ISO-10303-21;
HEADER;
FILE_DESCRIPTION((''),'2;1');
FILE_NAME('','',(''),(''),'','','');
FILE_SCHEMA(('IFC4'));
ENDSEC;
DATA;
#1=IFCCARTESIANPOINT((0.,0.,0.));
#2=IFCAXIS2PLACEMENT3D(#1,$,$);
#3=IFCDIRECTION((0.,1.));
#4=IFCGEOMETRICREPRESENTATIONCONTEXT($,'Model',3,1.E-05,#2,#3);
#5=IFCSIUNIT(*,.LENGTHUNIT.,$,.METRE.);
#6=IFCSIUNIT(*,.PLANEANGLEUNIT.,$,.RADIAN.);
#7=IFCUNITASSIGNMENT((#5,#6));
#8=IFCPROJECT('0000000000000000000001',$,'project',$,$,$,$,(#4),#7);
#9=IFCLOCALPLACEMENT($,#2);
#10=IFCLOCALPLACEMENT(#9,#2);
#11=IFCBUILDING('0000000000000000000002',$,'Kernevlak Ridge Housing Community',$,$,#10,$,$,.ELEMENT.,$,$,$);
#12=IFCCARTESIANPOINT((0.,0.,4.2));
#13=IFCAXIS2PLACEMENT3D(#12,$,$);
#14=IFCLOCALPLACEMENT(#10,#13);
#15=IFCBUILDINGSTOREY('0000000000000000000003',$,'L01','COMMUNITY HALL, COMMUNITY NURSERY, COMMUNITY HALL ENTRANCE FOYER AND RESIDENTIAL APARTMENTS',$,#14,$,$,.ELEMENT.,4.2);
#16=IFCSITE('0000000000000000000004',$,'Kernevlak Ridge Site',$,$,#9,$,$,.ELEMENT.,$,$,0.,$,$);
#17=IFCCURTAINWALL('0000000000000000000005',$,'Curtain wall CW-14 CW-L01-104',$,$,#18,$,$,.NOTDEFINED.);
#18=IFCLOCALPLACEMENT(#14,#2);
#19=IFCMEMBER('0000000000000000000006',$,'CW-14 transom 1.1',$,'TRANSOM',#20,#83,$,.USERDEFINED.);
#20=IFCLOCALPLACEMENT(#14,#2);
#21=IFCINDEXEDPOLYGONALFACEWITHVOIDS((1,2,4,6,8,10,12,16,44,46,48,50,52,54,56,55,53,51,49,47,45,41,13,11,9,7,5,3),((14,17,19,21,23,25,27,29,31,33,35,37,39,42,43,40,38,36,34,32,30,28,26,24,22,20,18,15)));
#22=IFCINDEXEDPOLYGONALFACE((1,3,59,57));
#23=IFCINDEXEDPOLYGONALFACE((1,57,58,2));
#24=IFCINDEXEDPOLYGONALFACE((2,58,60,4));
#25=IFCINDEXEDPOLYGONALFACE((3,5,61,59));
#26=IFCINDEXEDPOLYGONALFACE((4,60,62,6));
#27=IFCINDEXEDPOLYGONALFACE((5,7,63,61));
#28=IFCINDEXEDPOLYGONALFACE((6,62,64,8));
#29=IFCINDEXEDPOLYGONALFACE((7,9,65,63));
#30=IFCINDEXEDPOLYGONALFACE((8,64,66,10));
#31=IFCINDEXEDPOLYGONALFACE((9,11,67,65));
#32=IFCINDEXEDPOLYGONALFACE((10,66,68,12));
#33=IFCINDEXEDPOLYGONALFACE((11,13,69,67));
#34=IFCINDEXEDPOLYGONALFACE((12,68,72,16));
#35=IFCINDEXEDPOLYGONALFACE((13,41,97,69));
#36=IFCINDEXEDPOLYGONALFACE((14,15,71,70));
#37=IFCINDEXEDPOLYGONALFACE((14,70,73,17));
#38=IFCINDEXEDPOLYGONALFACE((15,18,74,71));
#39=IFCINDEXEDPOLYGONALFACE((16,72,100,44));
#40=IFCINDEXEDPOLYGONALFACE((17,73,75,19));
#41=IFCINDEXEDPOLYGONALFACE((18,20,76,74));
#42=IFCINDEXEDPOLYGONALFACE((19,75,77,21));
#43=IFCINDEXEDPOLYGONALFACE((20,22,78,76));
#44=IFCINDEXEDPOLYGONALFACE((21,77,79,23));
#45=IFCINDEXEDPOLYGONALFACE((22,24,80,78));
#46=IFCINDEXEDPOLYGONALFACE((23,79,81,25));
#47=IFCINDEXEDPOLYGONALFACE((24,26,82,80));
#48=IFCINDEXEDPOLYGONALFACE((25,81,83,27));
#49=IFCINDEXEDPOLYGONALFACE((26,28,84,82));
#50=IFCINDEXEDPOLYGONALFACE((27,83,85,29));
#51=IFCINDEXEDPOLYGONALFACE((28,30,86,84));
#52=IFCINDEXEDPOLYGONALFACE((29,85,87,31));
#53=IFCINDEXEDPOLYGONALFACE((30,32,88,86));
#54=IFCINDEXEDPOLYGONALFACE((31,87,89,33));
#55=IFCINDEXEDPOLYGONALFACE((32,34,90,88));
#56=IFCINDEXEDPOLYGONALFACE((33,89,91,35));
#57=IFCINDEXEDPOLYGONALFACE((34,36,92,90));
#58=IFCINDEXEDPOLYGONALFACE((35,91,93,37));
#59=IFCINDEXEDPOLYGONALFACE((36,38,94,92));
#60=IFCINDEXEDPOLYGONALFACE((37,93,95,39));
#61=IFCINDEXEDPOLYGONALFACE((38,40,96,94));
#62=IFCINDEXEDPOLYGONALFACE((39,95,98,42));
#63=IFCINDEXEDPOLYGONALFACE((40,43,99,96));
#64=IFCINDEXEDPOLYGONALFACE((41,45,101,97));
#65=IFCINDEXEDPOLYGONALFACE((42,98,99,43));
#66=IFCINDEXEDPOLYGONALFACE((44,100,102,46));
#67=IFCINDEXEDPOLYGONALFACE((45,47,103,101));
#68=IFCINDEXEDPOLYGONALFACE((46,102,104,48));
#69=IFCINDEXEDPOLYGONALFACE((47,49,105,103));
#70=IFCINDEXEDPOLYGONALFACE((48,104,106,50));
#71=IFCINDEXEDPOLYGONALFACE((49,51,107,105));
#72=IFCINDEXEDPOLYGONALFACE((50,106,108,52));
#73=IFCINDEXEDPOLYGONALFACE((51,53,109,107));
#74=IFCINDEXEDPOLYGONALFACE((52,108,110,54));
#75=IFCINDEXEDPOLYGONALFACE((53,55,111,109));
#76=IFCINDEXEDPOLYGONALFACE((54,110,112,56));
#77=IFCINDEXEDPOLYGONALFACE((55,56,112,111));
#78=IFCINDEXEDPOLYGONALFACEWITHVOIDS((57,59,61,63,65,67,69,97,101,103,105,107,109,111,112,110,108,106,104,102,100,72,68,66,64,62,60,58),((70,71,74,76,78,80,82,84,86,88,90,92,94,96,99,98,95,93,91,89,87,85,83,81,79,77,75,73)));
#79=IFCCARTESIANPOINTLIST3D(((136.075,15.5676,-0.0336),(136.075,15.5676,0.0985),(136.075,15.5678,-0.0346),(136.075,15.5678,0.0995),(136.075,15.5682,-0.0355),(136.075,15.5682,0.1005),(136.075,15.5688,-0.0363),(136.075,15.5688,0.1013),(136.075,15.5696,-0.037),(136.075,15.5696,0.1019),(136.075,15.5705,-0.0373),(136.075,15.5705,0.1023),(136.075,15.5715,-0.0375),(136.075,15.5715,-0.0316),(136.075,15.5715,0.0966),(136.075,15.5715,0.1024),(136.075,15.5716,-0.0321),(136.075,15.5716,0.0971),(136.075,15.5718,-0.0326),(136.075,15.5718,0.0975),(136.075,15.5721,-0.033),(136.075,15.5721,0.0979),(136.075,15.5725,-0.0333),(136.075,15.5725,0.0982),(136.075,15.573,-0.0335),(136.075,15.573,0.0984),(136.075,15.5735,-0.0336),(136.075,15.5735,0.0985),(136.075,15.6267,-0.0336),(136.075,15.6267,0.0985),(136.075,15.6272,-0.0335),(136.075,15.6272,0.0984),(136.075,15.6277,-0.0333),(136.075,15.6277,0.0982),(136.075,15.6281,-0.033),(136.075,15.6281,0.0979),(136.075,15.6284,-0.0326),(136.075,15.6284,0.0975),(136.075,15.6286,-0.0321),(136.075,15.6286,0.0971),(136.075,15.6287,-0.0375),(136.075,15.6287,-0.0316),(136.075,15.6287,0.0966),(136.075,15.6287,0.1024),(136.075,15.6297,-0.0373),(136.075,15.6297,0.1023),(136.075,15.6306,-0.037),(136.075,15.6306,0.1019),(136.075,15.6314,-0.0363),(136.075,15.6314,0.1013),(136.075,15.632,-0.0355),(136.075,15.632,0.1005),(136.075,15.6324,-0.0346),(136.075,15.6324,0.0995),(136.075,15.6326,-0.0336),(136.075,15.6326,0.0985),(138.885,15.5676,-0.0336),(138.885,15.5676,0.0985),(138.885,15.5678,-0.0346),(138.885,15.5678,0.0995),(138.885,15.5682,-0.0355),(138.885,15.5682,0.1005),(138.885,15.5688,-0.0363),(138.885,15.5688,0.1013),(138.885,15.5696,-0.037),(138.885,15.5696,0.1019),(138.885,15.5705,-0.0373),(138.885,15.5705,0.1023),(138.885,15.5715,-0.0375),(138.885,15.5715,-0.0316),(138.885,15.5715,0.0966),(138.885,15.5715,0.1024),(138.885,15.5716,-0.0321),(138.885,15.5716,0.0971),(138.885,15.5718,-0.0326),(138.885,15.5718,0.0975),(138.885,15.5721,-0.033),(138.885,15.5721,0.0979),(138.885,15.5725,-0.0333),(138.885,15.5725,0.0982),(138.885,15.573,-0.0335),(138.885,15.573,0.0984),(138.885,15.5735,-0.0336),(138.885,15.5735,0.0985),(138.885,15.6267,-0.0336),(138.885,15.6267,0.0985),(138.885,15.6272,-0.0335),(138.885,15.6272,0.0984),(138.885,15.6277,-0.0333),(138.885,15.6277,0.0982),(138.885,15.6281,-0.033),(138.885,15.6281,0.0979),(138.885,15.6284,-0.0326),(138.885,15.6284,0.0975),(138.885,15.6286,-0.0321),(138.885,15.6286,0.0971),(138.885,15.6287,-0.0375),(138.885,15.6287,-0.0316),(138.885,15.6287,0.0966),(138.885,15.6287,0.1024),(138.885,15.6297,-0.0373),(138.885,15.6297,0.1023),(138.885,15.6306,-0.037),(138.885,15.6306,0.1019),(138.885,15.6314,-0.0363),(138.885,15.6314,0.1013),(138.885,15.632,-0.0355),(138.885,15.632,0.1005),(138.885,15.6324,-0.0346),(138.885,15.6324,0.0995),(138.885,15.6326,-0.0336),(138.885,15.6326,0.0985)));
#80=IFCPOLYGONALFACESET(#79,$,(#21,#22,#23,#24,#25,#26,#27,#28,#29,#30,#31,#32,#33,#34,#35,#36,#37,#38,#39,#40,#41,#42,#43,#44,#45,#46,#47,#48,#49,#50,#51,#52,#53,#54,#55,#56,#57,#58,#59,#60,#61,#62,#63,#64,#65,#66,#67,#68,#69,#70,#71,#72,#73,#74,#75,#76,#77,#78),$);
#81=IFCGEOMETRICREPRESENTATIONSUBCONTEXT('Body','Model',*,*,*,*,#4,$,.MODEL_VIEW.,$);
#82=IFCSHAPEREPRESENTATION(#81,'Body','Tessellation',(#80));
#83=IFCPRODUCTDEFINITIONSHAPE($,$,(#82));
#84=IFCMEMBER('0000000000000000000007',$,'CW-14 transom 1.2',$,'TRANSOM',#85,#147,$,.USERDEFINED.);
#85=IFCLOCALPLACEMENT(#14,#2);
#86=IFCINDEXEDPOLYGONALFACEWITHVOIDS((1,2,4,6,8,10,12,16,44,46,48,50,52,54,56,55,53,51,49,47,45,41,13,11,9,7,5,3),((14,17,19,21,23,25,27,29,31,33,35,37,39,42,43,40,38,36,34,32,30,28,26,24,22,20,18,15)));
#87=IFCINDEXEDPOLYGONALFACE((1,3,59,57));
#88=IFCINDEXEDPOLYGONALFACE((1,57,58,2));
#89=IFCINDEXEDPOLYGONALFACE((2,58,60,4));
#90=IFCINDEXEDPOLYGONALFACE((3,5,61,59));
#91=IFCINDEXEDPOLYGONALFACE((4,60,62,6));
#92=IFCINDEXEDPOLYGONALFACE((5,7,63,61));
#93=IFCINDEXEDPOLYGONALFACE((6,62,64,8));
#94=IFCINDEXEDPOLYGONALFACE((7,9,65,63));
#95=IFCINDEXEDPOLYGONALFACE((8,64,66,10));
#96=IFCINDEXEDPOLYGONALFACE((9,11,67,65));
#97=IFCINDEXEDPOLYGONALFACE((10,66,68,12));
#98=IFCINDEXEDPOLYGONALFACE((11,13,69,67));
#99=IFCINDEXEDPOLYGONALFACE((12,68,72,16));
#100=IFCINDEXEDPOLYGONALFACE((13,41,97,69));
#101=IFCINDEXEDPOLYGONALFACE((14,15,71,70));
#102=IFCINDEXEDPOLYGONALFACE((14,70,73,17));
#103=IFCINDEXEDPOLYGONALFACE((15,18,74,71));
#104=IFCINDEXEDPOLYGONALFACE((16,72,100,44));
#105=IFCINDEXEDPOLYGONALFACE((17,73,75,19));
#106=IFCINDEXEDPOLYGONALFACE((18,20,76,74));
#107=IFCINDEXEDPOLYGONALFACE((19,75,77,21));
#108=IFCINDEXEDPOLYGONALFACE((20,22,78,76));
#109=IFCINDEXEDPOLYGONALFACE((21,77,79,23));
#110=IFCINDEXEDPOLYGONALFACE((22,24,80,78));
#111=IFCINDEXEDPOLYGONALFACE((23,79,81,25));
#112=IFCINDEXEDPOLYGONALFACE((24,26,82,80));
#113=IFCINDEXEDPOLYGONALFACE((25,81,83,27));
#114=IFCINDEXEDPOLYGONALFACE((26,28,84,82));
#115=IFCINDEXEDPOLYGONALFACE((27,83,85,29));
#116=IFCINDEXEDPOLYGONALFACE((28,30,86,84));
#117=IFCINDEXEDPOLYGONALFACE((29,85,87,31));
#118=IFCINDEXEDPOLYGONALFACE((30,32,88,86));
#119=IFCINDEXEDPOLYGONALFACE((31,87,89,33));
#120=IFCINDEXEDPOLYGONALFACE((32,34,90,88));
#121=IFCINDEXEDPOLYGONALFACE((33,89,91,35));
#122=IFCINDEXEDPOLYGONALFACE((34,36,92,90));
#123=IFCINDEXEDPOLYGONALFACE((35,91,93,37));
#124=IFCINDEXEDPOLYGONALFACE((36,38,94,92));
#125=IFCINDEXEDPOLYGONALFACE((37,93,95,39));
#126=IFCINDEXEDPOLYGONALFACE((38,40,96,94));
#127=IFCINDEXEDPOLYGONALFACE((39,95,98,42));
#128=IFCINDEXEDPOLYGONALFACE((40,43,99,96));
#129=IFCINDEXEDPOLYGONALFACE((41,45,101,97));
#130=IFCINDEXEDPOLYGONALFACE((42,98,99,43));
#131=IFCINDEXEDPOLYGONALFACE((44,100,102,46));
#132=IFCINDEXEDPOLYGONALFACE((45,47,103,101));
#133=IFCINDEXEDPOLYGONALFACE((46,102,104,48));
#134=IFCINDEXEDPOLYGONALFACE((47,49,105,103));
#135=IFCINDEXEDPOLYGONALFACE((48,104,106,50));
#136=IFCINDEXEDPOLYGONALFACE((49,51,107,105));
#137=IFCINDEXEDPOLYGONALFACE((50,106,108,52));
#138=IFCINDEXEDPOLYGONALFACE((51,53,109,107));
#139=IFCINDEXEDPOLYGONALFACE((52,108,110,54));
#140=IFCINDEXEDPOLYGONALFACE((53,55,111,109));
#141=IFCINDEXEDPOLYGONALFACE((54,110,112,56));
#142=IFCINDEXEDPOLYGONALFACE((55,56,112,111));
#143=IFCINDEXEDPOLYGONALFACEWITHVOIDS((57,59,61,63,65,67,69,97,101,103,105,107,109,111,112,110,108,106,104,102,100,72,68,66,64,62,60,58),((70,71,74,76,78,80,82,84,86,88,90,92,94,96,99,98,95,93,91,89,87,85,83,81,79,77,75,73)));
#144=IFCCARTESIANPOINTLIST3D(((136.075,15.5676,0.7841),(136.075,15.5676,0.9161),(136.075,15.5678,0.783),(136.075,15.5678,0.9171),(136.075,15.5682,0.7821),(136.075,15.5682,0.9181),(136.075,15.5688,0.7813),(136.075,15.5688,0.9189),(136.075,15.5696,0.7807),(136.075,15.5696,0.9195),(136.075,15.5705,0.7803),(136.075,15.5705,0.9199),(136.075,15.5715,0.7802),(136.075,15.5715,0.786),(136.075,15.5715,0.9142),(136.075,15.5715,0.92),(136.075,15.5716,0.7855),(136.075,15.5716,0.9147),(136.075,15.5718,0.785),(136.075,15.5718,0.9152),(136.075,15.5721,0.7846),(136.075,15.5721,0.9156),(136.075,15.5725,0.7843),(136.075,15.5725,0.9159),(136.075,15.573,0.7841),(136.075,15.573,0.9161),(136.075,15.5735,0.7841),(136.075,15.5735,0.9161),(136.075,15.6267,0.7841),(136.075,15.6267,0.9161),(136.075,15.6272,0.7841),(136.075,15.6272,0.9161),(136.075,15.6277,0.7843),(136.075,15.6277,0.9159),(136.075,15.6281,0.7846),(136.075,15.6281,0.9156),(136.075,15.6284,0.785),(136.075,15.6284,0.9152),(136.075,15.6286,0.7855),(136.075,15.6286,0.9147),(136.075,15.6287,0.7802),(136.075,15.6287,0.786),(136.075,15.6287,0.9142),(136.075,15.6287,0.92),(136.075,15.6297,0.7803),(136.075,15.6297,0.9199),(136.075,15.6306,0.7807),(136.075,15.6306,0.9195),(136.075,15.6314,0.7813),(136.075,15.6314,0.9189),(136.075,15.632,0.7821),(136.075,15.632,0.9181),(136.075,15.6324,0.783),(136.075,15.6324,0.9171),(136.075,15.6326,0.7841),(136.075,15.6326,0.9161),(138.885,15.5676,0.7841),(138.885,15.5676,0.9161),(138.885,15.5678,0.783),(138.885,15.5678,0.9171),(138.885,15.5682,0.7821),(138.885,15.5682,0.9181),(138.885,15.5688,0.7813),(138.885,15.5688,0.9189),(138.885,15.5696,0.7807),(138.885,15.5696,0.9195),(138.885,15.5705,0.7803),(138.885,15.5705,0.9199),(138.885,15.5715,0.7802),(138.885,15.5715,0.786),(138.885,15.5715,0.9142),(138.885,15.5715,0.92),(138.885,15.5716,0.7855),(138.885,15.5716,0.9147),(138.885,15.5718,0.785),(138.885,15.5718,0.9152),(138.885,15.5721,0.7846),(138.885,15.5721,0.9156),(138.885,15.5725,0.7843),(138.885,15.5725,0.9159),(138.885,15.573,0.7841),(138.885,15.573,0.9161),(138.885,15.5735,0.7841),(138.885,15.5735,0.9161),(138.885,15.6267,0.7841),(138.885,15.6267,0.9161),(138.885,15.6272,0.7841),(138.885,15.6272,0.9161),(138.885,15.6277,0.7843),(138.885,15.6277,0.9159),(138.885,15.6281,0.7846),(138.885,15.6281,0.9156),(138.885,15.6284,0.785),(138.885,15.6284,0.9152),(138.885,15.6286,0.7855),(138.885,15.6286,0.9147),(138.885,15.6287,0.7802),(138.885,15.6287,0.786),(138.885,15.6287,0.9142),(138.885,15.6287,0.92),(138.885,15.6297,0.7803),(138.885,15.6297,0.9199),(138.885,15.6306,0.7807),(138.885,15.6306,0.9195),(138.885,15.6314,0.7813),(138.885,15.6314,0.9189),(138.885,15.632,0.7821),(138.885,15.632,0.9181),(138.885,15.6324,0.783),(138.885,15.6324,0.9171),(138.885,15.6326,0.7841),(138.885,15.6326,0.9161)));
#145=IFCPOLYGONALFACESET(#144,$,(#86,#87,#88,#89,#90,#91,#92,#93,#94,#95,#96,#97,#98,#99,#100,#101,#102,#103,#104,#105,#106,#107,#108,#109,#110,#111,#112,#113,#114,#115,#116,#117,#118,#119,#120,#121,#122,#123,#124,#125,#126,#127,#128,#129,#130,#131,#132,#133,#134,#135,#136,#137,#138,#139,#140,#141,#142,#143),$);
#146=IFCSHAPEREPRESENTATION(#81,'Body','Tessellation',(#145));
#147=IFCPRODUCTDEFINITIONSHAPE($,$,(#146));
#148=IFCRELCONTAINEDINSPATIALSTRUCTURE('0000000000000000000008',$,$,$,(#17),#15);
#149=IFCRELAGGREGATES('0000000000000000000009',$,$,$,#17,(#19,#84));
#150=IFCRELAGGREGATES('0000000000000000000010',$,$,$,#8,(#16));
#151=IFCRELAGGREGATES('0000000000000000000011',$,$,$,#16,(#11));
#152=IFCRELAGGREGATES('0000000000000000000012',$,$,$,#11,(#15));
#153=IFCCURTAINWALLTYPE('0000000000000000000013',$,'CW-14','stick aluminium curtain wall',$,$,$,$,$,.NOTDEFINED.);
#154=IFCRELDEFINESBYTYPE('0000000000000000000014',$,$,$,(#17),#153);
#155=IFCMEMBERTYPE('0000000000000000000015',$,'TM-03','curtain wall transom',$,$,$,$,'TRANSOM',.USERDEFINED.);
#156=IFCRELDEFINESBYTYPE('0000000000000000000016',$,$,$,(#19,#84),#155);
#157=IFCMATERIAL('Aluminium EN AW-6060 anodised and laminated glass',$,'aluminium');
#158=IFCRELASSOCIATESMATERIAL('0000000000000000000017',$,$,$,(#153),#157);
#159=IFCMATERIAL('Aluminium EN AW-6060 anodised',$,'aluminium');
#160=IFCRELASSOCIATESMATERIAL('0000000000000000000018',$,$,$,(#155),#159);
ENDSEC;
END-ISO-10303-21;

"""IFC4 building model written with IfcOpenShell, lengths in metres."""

from ifc_helpers import new_model, si_unit, direction, frame, origin, origin_2d, place, context, subcontext, project, spatial, hollow_rectangle, extrude, material, material_profile, profile_set, type_object, element, aggregate, save


model = new_model("IFC4")

# Units and contexts
model_context = context("Model", 3, precision=1e-05, world=origin(), true_north=direction((0.0, 1.0)))
body_context = subcontext(model_context, "Body", "Model", "MODEL_VIEW")
ifc_project = project(units=[si_unit("LENGTHUNIT", "METRE"), si_unit("PLANEANGLEUNIT", "RADIAN")], contexts=[model_context])

# Site, building, storey
site_placement = place(None, origin())
site = spatial("IfcSite", under=ifc_project, at=site_placement, Name="Kernevlak Ridge Site", CompositionType="ELEMENT", RefElevation=0.0)
building_placement = place(site_placement, origin())
building = spatial("IfcBuilding", under=site, at=building_placement, Name="Kernevlak Ridge Housing Community", CompositionType="ELEMENT")
storey_placement = place(building_placement, frame((0.0, 0.0, 4.2)))
storey = spatial("IfcBuildingStorey", under=building, at=storey_placement, Name="L01", Description="COMMUNITY HALL, COMMUNITY NURSERY, COMMUNITY HALL ENTRANCE FOYER AND RESIDENTIAL APARTMENTS", CompositionType="ELEMENT", Elevation=4.2)

# Shared definitions
ifc_material_1 = material(Name="Aluminium EN AW-6060 anodised and laminated glass", Category="aluminium")
ifc_material_2 = material(Name="Aluminium EN AW-6060 anodised", Category="aluminium")

# Curtain wall
curtain_wall_type_1 = type_object("IfcCurtainWallType", Name="CW-14", Description="stick aluminium curtain wall", PredefinedType="NOTDEFINED", material=ifc_material_1)
curtain_wall_1_placement = place(storey_placement, origin())
curtain_wall_1 = element("IfcCurtainWall", 1, at=curtain_wall_1_placement, inside=storey, type_object=curtain_wall_type_1, Name="Curtain wall CW-14 CW-L01-104", PredefinedType="NOTDEFINED")

# Members
ifc_material_profile_1 = material_profile(ifc_material_2, hollow_rectangle(XDim=0.0649, YDim=0.1399, WallThickness=0.0039, InnerFilletRadius=0.002, OuterFilletRadius=0.0039, at=origin_2d()), Name="ALU 65x140x4")
ifc_profile_set_1 = profile_set([ifc_material_profile_1], Name="Aluminium EN AW-6060 anodised")
member_type_1 = type_object("IfcMemberType", Name="TM-03", Description="curtain wall transom", ElementType="TRANSOM", PredefinedType="USERDEFINED", material=ifc_profile_set_1)
member_1_placement = place(storey_placement, frame((136.075, 15.6001, 0.0325), z_axis=(1.0, 0.0, 0.0), x_axis=(0.0, 1.0, 0.0)))
member_1 = element("IfcMember", 2, at=member_1_placement, type_object=member_type_1, Name="CW-14 transom 1.1", ObjectType="TRANSOM", PredefinedType="USERDEFINED", context=body_context, shape_type="SweptSolid", body=[
    extrude(hollow_rectangle(XDim=0.0649, YDim=0.1399, WallThickness=0.0039, InnerFilletRadius=0.002, OuterFilletRadius=0.0039, at=origin_2d()), origin(), (0.0, 0.0, 1.0), 2.8101),
])
member_2_placement = place(storey_placement, frame((136.075, 15.6001, 0.8501), z_axis=(1.0, 0.0, 0.0), x_axis=(0.0, 1.0, 0.0)))
member_2 = element("IfcMember", 3, at=member_2_placement, type_object=member_type_1, Name="CW-14 transom 1.2", ObjectType="TRANSOM", PredefinedType="USERDEFINED", context=body_context, shape_type="SweptSolid", body=[
    extrude(hollow_rectangle(XDim=0.0649, YDim=0.1399, WallThickness=0.0039, InnerFilletRadius=0.002, OuterFilletRadius=0.0039, at=origin_2d()), origin(), (0.0, 0.0, 1.0), 2.8101),
])

aggregate(curtain_wall_1, [member_1, member_2])

save(model, "model.ifc")
